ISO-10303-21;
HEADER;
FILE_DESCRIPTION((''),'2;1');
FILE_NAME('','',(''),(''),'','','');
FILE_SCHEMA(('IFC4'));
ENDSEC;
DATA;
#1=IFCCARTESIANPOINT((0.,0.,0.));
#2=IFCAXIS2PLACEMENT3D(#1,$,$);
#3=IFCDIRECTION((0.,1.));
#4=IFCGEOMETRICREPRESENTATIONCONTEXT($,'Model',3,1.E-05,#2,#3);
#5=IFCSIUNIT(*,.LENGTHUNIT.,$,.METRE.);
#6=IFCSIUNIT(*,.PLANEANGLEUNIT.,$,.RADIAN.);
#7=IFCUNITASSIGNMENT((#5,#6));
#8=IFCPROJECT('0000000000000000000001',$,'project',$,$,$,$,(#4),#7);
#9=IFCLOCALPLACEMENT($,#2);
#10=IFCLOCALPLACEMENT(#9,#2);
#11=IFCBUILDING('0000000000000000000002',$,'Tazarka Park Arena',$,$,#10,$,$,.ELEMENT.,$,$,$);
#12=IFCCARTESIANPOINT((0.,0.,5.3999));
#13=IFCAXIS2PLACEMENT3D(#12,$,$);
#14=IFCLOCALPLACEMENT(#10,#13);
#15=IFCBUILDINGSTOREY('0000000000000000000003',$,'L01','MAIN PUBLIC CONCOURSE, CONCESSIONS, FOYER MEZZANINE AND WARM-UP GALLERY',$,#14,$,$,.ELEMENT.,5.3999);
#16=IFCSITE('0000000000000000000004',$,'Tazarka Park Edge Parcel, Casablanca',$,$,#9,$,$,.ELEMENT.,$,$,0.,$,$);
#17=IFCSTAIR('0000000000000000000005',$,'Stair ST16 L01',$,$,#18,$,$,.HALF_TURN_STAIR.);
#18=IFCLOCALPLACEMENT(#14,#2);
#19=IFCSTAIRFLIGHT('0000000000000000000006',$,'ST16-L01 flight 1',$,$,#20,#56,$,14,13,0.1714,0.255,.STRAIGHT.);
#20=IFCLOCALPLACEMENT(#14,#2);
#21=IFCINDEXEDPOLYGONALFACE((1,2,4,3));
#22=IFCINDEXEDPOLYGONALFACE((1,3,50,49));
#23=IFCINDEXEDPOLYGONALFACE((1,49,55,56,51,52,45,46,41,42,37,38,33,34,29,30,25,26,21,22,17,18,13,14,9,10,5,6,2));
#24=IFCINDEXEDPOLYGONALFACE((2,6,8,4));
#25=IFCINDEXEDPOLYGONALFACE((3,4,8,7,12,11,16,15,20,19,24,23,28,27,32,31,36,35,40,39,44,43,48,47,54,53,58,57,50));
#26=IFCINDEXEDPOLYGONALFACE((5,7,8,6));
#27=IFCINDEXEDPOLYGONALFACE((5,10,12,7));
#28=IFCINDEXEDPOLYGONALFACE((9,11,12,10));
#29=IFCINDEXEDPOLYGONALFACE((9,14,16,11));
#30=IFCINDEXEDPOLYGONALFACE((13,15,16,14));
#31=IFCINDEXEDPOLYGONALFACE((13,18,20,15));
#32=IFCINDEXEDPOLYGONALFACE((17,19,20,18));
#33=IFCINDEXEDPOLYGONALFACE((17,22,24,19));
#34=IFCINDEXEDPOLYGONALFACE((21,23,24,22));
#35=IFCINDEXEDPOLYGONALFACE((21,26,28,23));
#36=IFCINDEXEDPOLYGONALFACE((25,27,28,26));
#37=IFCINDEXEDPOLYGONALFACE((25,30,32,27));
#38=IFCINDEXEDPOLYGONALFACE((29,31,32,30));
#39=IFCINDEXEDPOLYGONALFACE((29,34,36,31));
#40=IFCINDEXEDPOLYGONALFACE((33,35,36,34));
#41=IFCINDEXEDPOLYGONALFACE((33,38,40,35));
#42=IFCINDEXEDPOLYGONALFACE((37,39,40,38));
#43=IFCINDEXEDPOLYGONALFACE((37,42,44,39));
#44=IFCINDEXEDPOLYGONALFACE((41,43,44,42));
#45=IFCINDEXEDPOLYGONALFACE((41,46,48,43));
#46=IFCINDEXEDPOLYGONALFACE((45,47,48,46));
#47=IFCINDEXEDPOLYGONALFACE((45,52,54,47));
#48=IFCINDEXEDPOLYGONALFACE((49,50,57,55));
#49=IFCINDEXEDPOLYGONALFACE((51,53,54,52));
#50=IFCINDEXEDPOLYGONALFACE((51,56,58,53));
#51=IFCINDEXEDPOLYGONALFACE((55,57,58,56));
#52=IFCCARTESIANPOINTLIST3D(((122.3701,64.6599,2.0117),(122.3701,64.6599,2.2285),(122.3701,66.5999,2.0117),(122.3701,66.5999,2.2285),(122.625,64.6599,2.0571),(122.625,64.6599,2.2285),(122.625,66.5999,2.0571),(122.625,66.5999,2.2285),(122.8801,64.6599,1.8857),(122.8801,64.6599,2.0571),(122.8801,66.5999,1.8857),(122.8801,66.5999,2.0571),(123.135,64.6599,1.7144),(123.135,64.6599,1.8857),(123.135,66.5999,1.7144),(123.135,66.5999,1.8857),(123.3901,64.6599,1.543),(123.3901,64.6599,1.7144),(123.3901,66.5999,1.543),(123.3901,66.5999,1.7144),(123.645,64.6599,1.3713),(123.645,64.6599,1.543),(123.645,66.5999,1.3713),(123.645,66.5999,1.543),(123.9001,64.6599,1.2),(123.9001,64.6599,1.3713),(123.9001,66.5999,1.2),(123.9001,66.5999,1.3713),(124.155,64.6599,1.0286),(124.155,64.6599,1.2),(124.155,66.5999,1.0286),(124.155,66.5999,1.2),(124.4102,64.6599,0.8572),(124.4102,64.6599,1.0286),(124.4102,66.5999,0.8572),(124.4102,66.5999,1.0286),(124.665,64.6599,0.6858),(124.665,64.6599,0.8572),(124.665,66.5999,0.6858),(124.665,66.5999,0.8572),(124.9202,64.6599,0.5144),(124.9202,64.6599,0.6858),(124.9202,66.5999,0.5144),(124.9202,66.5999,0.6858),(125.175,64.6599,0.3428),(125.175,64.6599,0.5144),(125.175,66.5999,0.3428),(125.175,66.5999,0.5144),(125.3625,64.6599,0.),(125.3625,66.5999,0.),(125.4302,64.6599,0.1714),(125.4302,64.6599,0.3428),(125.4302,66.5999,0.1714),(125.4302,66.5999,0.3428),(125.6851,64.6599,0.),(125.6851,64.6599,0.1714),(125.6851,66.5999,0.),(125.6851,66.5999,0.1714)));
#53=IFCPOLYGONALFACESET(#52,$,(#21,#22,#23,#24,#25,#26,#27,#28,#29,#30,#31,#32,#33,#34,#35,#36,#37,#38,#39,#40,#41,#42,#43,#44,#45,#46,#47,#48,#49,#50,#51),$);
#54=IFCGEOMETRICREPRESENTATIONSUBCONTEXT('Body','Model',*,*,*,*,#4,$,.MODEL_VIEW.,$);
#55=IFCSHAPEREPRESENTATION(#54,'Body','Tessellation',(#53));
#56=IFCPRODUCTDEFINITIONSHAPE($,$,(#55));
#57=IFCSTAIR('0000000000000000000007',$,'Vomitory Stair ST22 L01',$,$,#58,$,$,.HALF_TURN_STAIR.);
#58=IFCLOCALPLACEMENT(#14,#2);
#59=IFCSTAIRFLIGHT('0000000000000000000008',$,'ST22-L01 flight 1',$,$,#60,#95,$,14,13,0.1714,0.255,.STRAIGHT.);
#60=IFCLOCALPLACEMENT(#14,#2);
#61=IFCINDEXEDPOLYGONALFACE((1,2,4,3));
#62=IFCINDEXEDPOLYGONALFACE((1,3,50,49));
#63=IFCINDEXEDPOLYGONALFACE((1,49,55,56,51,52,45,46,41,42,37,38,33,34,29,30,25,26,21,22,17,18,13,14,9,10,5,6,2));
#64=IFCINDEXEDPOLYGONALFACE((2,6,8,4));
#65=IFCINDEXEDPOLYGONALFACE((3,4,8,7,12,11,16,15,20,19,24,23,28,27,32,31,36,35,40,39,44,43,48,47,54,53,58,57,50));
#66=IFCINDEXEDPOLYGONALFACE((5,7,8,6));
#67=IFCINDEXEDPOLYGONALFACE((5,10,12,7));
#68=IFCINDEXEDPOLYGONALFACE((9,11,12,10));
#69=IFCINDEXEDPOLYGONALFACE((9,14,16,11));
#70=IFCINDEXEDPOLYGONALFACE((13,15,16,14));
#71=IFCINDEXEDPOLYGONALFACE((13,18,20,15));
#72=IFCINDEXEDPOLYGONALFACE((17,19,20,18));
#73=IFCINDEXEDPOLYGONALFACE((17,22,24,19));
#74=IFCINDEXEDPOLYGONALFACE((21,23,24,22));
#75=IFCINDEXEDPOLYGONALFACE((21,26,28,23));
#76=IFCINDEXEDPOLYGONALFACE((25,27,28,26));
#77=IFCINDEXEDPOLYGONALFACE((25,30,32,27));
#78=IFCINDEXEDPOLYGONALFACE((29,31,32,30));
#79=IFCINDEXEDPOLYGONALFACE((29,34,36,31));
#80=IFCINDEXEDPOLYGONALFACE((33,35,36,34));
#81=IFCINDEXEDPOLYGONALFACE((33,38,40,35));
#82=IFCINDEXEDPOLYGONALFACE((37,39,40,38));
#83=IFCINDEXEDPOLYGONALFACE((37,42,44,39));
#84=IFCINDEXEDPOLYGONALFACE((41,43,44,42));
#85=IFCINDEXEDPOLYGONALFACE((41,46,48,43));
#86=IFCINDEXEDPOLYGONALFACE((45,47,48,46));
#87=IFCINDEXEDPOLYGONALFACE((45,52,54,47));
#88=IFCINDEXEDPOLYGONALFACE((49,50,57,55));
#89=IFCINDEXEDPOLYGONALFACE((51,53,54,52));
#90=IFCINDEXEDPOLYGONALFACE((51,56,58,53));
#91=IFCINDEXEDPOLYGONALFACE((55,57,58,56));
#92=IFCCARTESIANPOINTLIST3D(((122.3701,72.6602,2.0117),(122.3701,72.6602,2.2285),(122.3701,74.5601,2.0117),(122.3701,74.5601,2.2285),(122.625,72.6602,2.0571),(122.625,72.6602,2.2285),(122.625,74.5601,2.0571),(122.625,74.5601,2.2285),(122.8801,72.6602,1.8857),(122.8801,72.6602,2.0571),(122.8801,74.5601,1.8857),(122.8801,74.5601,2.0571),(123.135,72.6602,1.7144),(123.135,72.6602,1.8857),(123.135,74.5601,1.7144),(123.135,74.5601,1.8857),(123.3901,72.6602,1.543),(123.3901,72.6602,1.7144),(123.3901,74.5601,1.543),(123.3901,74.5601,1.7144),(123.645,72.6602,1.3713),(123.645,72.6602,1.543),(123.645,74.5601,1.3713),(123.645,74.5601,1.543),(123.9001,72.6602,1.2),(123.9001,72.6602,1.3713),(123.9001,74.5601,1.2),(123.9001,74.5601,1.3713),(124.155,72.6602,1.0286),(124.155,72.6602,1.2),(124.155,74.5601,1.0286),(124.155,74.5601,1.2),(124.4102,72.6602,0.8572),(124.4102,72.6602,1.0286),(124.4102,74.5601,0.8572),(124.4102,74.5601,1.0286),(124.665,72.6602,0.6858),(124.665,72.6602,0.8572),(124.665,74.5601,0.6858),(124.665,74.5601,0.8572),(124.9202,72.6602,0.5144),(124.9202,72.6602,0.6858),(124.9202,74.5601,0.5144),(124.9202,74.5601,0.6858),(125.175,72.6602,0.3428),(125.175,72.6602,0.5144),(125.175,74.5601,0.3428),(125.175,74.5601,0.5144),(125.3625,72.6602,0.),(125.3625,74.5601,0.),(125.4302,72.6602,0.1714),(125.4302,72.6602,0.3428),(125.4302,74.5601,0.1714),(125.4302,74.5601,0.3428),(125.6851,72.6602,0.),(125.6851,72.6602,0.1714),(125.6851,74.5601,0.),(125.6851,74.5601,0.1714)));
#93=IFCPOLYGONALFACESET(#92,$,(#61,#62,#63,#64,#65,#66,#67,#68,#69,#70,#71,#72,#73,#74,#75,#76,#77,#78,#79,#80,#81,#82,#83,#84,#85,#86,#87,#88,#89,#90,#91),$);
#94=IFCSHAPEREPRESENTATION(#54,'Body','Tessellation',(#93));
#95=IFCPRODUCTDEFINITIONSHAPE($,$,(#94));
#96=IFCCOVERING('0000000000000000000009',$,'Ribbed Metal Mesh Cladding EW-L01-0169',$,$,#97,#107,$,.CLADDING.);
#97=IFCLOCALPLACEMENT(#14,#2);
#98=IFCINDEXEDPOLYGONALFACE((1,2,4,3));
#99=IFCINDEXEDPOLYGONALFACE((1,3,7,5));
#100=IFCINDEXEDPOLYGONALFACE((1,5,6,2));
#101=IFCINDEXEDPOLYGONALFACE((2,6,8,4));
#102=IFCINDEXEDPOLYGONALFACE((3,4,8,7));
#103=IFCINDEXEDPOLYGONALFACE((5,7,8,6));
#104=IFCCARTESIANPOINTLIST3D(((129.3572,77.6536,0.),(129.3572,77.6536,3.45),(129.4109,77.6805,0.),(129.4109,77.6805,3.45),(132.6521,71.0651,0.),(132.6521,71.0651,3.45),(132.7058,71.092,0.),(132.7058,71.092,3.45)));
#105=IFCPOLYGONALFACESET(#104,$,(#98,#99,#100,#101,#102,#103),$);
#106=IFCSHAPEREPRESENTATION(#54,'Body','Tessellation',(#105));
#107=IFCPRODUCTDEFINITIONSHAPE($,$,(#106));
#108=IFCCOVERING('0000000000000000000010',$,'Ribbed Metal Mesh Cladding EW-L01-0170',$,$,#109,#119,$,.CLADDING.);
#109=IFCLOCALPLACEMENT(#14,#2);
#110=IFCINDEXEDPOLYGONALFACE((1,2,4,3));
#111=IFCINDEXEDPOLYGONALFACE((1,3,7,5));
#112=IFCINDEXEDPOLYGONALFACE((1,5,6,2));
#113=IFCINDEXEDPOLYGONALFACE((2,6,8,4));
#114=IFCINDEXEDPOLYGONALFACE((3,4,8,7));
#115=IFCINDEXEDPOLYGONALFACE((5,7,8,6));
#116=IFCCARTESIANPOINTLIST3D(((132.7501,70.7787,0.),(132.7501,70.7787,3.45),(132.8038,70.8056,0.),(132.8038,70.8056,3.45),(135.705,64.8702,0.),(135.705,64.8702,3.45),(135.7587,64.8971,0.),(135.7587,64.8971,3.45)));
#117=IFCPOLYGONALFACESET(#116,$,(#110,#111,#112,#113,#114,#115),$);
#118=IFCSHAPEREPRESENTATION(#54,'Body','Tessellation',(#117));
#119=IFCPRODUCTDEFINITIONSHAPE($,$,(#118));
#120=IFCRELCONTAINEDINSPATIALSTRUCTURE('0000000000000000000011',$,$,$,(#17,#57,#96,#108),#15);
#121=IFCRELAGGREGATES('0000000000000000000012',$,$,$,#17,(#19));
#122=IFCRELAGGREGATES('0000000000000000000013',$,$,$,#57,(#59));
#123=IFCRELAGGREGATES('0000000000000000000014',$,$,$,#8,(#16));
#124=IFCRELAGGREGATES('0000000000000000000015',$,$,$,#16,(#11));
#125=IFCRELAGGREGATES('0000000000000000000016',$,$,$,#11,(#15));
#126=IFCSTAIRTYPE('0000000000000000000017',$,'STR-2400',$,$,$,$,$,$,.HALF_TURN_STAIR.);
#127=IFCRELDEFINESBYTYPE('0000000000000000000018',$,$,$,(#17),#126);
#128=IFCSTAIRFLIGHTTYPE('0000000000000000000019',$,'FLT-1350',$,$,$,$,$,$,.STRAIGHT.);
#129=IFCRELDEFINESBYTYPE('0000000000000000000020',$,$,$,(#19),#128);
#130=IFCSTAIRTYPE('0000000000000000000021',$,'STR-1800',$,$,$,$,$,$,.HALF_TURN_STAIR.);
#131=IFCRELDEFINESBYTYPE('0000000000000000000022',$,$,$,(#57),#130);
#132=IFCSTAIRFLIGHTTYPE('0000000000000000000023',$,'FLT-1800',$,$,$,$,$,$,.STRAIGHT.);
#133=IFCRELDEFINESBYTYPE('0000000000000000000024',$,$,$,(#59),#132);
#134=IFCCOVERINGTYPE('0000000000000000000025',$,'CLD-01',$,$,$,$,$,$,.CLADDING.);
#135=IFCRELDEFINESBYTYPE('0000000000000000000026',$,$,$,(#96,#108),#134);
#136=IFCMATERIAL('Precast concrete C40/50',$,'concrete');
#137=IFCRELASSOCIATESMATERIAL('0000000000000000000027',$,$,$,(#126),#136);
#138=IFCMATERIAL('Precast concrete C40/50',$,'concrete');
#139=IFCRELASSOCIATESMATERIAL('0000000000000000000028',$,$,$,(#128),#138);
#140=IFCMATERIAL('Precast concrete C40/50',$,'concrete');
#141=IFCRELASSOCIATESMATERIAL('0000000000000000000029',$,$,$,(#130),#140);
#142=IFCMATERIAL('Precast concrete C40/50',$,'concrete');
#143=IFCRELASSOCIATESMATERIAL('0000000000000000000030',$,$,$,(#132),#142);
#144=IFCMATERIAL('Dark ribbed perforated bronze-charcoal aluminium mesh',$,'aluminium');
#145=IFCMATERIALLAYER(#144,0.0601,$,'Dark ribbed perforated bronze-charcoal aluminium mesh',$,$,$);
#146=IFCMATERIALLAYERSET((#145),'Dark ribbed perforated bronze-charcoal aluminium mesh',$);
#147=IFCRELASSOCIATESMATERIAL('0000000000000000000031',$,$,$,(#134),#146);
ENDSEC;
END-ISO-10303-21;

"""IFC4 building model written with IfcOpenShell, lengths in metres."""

from ifc_helpers import new_model, si_unit, direction, frame, origin, origin_2d, place, context, subcontext, project, spatial, polyline, rectangle, outline, extrude, material, layer, layer_set, type_object, element, aggregate, save


model = new_model("IFC4")

# Units and contexts
model_context = context("Model", 3, precision=1e-05, world=origin(), true_north=direction((0.0, 1.0)))
body_context = subcontext(model_context, "Body", "Model", "MODEL_VIEW")
ifc_project = project(units=[si_unit("LENGTHUNIT", "METRE"), si_unit("PLANEANGLEUNIT", "RADIAN")], contexts=[model_context])

# Site, building, storey
site_placement = place(None, origin())
site = spatial("IfcSite", under=ifc_project, at=site_placement, Name="Tazarka Park Edge Parcel, Casablanca", CompositionType="ELEMENT", RefElevation=0.0)
building_placement = place(site_placement, origin())
building = spatial("IfcBuilding", under=site, at=building_placement, Name="Tazarka Park Arena", CompositionType="ELEMENT")
storey_placement = place(building_placement, frame((0.0, 0.0, 5.3999)))
storey = spatial("IfcBuildingStorey", under=building, at=storey_placement, Name="L01", Description="MAIN PUBLIC CONCOURSE, CONCESSIONS, FOYER MEZZANINE AND WARM-UP GALLERY", CompositionType="ELEMENT", Elevation=5.3999)

# Stairs, stair flights
ifc_material_1 = material(Name="Precast concrete C40/50", Category="concrete")
stair_type_1 = type_object("IfcStairType", Name="STR-2400", PredefinedType="HALF_TURN_STAIR", material=ifc_material_1)
stair_1_placement = place(storey_placement, origin())
stair_1 = element("IfcStair", 1, at=stair_1_placement, inside=storey, type_object=stair_type_1, Name="Stair ST16 L01", PredefinedType="HALF_TURN_STAIR")
ifc_material_2 = material(Name="Precast concrete C40/50", Category="concrete")
stair_flight_type_1 = type_object("IfcStairFlightType", Name="FLT-1350", PredefinedType="STRAIGHT", material=ifc_material_2)
stair_flight_1_placement = place(storey_placement, frame((125.6851, 65.6299, 0.0), z_axis=(0.0, 0.0, 1.0), x_axis=(-1.0, 0.0, 0.0)))
stair_flight_1 = element("IfcStairFlight", 2, at=stair_flight_1_placement, type_object=stair_flight_type_1, Name="ST16-L01 flight 1", NumberOfRisers=14, NumberOfTreads=13, PredefinedType="STRAIGHT", RiserHeight=0.1714, TreadLength=0.255, context=body_context, shape_type="SweptSolid", body=[
    extrude(outline(polyline([(0.0, 0.0), (0.0, 0.1714), (0.2549, 0.1714), (0.2549, 0.3428), (0.51, 0.3428), (0.51, 0.5144), (0.7649, 0.5144), (0.7649, 0.6858), (1.02, 0.6858), (1.02, 0.8572), (1.2749, 0.8572), (1.2749, 1.0286), (1.53, 1.0286), (1.53, 1.2), (1.7849, 1.2), (1.7849, 1.3713), (2.04, 1.3713), (2.04, 1.543), (2.2949, 1.543), (2.2949, 1.7144), (2.55, 1.7144), (2.55, 1.8857), (2.8049, 1.8857), (2.8049, 2.0571), (3.0601, 2.0571), (3.0601, 2.2285), (3.3149, 2.2285), (3.3149, 2.3999), (3.3149, 2.0117), (0.3225, 0.0), (0.0, 0.0)])), frame((0.0, 0.97, 0.0), z_axis=(0.0, -1.0, 0.0), x_axis=(1.0, 0.0, 0.0)), (0.0, 0.0, 1.0), 1.9399),
])
aggregate(stair_1, [stair_flight_1])
ifc_material_3 = material(Name="Precast concrete C40/50", Category="concrete")
stair_type_2 = type_object("IfcStairType", Name="STR-1800", PredefinedType="HALF_TURN_STAIR", material=ifc_material_3)
stair_2_placement = place(storey_placement, origin())
stair_2 = element("IfcStair", 3, at=stair_2_placement, inside=storey, type_object=stair_type_2, Name="Vomitory Stair ST22 L01", PredefinedType="HALF_TURN_STAIR")
ifc_material_4 = material(Name="Precast concrete C40/50", Category="concrete")
stair_flight_type_2 = type_object("IfcStairFlightType", Name="FLT-1800", PredefinedType="STRAIGHT", material=ifc_material_4)
stair_flight_2_placement = place(storey_placement, frame((125.6851, 73.6101, 0.0), z_axis=(0.0, 0.0, 1.0), x_axis=(-1.0, 0.0, 0.0)))
stair_flight_2 = element("IfcStairFlight", 4, at=stair_flight_2_placement, type_object=stair_flight_type_2, Name="ST22-L01 flight 1", NumberOfRisers=14, NumberOfTreads=13, PredefinedType="STRAIGHT", RiserHeight=0.1714, TreadLength=0.255, context=body_context, shape_type="SweptSolid", body=[
    extrude(outline(polyline([(0.0, 0.0), (0.0, 0.1714), (0.2549, 0.1714), (0.2549, 0.3428), (0.51, 0.3428), (0.51, 0.5144), (0.7649, 0.5144), (0.7649, 0.6858), (1.02, 0.6858), (1.02, 0.8572), (1.2749, 0.8572), (1.2749, 1.0286), (1.53, 1.0286), (1.53, 1.2), (1.7849, 1.2), (1.7849, 1.3713), (2.04, 1.3713), (2.04, 1.543), (2.2949, 1.543), (2.2949, 1.7144), (2.55, 1.7144), (2.55, 1.8857), (2.8049, 1.8857), (2.8049, 2.0571), (3.0601, 2.0571), (3.0601, 2.2285), (3.3149, 2.2285), (3.3149, 2.3999), (3.3149, 2.0117), (0.3225, 0.0), (0.0, 0.0)])), frame((0.0, 0.95, 0.0), z_axis=(0.0, -1.0, 0.0), x_axis=(1.0, 0.0, 0.0)), (0.0, 0.0, 1.0), 1.8999),
])
aggregate(stair_2, [stair_flight_2])

# Coverings
ifc_material_5 = material(Name="Dark ribbed perforated bronze-charcoal aluminium mesh", Category="aluminium")
ifc_layer_1 = layer(ifc_material_5, 0.0601, Name="Dark ribbed perforated bronze-charcoal aluminium mesh")
ifc_layer_set_1 = layer_set([ifc_layer_1], Name="Dark ribbed perforated bronze-charcoal aluminium mesh")
covering_type = type_object("IfcCoveringType", Name="CLD-01", PredefinedType="CLADDING", material=ifc_layer_set_1)
covering_1_placement = place(storey_placement, frame((131.0315, 74.3728, 0.0), z_axis=(0.0, 0.0, 1.0), x_axis=(0.447291, -0.894389, 0.0)))
element("IfcCovering", 5, at=covering_1_placement, inside=storey, type_object=covering_type, Name="Ribbed Metal Mesh Cladding EW-L01-0169", PredefinedType="CLADDING", context=body_context, shape_type="SweptSolid", body=[
    extrude(rectangle(XDim=7.3665, YDim=0.0601, at=origin_2d()), origin(), (0.0, 0.0, 1.0), 3.45),
])
covering_2_placement = place(storey_placement, frame((134.2544, 67.8379, 0.0), z_axis=(0.0, 0.0, 1.0), x_axis=(0.447291, -0.894389, 0.0)))
element("IfcCovering", 6, at=covering_2_placement, inside=storey, type_object=covering_type, Name="Ribbed Metal Mesh Cladding EW-L01-0170", PredefinedType="CLADDING", context=body_context, shape_type="SweptSolid", body=[
    extrude(rectangle(XDim=6.6062, YDim=0.0601, at=origin_2d()), origin(), (0.0, 0.0, 1.0), 3.45),
])

save(model, "model.ifc")
